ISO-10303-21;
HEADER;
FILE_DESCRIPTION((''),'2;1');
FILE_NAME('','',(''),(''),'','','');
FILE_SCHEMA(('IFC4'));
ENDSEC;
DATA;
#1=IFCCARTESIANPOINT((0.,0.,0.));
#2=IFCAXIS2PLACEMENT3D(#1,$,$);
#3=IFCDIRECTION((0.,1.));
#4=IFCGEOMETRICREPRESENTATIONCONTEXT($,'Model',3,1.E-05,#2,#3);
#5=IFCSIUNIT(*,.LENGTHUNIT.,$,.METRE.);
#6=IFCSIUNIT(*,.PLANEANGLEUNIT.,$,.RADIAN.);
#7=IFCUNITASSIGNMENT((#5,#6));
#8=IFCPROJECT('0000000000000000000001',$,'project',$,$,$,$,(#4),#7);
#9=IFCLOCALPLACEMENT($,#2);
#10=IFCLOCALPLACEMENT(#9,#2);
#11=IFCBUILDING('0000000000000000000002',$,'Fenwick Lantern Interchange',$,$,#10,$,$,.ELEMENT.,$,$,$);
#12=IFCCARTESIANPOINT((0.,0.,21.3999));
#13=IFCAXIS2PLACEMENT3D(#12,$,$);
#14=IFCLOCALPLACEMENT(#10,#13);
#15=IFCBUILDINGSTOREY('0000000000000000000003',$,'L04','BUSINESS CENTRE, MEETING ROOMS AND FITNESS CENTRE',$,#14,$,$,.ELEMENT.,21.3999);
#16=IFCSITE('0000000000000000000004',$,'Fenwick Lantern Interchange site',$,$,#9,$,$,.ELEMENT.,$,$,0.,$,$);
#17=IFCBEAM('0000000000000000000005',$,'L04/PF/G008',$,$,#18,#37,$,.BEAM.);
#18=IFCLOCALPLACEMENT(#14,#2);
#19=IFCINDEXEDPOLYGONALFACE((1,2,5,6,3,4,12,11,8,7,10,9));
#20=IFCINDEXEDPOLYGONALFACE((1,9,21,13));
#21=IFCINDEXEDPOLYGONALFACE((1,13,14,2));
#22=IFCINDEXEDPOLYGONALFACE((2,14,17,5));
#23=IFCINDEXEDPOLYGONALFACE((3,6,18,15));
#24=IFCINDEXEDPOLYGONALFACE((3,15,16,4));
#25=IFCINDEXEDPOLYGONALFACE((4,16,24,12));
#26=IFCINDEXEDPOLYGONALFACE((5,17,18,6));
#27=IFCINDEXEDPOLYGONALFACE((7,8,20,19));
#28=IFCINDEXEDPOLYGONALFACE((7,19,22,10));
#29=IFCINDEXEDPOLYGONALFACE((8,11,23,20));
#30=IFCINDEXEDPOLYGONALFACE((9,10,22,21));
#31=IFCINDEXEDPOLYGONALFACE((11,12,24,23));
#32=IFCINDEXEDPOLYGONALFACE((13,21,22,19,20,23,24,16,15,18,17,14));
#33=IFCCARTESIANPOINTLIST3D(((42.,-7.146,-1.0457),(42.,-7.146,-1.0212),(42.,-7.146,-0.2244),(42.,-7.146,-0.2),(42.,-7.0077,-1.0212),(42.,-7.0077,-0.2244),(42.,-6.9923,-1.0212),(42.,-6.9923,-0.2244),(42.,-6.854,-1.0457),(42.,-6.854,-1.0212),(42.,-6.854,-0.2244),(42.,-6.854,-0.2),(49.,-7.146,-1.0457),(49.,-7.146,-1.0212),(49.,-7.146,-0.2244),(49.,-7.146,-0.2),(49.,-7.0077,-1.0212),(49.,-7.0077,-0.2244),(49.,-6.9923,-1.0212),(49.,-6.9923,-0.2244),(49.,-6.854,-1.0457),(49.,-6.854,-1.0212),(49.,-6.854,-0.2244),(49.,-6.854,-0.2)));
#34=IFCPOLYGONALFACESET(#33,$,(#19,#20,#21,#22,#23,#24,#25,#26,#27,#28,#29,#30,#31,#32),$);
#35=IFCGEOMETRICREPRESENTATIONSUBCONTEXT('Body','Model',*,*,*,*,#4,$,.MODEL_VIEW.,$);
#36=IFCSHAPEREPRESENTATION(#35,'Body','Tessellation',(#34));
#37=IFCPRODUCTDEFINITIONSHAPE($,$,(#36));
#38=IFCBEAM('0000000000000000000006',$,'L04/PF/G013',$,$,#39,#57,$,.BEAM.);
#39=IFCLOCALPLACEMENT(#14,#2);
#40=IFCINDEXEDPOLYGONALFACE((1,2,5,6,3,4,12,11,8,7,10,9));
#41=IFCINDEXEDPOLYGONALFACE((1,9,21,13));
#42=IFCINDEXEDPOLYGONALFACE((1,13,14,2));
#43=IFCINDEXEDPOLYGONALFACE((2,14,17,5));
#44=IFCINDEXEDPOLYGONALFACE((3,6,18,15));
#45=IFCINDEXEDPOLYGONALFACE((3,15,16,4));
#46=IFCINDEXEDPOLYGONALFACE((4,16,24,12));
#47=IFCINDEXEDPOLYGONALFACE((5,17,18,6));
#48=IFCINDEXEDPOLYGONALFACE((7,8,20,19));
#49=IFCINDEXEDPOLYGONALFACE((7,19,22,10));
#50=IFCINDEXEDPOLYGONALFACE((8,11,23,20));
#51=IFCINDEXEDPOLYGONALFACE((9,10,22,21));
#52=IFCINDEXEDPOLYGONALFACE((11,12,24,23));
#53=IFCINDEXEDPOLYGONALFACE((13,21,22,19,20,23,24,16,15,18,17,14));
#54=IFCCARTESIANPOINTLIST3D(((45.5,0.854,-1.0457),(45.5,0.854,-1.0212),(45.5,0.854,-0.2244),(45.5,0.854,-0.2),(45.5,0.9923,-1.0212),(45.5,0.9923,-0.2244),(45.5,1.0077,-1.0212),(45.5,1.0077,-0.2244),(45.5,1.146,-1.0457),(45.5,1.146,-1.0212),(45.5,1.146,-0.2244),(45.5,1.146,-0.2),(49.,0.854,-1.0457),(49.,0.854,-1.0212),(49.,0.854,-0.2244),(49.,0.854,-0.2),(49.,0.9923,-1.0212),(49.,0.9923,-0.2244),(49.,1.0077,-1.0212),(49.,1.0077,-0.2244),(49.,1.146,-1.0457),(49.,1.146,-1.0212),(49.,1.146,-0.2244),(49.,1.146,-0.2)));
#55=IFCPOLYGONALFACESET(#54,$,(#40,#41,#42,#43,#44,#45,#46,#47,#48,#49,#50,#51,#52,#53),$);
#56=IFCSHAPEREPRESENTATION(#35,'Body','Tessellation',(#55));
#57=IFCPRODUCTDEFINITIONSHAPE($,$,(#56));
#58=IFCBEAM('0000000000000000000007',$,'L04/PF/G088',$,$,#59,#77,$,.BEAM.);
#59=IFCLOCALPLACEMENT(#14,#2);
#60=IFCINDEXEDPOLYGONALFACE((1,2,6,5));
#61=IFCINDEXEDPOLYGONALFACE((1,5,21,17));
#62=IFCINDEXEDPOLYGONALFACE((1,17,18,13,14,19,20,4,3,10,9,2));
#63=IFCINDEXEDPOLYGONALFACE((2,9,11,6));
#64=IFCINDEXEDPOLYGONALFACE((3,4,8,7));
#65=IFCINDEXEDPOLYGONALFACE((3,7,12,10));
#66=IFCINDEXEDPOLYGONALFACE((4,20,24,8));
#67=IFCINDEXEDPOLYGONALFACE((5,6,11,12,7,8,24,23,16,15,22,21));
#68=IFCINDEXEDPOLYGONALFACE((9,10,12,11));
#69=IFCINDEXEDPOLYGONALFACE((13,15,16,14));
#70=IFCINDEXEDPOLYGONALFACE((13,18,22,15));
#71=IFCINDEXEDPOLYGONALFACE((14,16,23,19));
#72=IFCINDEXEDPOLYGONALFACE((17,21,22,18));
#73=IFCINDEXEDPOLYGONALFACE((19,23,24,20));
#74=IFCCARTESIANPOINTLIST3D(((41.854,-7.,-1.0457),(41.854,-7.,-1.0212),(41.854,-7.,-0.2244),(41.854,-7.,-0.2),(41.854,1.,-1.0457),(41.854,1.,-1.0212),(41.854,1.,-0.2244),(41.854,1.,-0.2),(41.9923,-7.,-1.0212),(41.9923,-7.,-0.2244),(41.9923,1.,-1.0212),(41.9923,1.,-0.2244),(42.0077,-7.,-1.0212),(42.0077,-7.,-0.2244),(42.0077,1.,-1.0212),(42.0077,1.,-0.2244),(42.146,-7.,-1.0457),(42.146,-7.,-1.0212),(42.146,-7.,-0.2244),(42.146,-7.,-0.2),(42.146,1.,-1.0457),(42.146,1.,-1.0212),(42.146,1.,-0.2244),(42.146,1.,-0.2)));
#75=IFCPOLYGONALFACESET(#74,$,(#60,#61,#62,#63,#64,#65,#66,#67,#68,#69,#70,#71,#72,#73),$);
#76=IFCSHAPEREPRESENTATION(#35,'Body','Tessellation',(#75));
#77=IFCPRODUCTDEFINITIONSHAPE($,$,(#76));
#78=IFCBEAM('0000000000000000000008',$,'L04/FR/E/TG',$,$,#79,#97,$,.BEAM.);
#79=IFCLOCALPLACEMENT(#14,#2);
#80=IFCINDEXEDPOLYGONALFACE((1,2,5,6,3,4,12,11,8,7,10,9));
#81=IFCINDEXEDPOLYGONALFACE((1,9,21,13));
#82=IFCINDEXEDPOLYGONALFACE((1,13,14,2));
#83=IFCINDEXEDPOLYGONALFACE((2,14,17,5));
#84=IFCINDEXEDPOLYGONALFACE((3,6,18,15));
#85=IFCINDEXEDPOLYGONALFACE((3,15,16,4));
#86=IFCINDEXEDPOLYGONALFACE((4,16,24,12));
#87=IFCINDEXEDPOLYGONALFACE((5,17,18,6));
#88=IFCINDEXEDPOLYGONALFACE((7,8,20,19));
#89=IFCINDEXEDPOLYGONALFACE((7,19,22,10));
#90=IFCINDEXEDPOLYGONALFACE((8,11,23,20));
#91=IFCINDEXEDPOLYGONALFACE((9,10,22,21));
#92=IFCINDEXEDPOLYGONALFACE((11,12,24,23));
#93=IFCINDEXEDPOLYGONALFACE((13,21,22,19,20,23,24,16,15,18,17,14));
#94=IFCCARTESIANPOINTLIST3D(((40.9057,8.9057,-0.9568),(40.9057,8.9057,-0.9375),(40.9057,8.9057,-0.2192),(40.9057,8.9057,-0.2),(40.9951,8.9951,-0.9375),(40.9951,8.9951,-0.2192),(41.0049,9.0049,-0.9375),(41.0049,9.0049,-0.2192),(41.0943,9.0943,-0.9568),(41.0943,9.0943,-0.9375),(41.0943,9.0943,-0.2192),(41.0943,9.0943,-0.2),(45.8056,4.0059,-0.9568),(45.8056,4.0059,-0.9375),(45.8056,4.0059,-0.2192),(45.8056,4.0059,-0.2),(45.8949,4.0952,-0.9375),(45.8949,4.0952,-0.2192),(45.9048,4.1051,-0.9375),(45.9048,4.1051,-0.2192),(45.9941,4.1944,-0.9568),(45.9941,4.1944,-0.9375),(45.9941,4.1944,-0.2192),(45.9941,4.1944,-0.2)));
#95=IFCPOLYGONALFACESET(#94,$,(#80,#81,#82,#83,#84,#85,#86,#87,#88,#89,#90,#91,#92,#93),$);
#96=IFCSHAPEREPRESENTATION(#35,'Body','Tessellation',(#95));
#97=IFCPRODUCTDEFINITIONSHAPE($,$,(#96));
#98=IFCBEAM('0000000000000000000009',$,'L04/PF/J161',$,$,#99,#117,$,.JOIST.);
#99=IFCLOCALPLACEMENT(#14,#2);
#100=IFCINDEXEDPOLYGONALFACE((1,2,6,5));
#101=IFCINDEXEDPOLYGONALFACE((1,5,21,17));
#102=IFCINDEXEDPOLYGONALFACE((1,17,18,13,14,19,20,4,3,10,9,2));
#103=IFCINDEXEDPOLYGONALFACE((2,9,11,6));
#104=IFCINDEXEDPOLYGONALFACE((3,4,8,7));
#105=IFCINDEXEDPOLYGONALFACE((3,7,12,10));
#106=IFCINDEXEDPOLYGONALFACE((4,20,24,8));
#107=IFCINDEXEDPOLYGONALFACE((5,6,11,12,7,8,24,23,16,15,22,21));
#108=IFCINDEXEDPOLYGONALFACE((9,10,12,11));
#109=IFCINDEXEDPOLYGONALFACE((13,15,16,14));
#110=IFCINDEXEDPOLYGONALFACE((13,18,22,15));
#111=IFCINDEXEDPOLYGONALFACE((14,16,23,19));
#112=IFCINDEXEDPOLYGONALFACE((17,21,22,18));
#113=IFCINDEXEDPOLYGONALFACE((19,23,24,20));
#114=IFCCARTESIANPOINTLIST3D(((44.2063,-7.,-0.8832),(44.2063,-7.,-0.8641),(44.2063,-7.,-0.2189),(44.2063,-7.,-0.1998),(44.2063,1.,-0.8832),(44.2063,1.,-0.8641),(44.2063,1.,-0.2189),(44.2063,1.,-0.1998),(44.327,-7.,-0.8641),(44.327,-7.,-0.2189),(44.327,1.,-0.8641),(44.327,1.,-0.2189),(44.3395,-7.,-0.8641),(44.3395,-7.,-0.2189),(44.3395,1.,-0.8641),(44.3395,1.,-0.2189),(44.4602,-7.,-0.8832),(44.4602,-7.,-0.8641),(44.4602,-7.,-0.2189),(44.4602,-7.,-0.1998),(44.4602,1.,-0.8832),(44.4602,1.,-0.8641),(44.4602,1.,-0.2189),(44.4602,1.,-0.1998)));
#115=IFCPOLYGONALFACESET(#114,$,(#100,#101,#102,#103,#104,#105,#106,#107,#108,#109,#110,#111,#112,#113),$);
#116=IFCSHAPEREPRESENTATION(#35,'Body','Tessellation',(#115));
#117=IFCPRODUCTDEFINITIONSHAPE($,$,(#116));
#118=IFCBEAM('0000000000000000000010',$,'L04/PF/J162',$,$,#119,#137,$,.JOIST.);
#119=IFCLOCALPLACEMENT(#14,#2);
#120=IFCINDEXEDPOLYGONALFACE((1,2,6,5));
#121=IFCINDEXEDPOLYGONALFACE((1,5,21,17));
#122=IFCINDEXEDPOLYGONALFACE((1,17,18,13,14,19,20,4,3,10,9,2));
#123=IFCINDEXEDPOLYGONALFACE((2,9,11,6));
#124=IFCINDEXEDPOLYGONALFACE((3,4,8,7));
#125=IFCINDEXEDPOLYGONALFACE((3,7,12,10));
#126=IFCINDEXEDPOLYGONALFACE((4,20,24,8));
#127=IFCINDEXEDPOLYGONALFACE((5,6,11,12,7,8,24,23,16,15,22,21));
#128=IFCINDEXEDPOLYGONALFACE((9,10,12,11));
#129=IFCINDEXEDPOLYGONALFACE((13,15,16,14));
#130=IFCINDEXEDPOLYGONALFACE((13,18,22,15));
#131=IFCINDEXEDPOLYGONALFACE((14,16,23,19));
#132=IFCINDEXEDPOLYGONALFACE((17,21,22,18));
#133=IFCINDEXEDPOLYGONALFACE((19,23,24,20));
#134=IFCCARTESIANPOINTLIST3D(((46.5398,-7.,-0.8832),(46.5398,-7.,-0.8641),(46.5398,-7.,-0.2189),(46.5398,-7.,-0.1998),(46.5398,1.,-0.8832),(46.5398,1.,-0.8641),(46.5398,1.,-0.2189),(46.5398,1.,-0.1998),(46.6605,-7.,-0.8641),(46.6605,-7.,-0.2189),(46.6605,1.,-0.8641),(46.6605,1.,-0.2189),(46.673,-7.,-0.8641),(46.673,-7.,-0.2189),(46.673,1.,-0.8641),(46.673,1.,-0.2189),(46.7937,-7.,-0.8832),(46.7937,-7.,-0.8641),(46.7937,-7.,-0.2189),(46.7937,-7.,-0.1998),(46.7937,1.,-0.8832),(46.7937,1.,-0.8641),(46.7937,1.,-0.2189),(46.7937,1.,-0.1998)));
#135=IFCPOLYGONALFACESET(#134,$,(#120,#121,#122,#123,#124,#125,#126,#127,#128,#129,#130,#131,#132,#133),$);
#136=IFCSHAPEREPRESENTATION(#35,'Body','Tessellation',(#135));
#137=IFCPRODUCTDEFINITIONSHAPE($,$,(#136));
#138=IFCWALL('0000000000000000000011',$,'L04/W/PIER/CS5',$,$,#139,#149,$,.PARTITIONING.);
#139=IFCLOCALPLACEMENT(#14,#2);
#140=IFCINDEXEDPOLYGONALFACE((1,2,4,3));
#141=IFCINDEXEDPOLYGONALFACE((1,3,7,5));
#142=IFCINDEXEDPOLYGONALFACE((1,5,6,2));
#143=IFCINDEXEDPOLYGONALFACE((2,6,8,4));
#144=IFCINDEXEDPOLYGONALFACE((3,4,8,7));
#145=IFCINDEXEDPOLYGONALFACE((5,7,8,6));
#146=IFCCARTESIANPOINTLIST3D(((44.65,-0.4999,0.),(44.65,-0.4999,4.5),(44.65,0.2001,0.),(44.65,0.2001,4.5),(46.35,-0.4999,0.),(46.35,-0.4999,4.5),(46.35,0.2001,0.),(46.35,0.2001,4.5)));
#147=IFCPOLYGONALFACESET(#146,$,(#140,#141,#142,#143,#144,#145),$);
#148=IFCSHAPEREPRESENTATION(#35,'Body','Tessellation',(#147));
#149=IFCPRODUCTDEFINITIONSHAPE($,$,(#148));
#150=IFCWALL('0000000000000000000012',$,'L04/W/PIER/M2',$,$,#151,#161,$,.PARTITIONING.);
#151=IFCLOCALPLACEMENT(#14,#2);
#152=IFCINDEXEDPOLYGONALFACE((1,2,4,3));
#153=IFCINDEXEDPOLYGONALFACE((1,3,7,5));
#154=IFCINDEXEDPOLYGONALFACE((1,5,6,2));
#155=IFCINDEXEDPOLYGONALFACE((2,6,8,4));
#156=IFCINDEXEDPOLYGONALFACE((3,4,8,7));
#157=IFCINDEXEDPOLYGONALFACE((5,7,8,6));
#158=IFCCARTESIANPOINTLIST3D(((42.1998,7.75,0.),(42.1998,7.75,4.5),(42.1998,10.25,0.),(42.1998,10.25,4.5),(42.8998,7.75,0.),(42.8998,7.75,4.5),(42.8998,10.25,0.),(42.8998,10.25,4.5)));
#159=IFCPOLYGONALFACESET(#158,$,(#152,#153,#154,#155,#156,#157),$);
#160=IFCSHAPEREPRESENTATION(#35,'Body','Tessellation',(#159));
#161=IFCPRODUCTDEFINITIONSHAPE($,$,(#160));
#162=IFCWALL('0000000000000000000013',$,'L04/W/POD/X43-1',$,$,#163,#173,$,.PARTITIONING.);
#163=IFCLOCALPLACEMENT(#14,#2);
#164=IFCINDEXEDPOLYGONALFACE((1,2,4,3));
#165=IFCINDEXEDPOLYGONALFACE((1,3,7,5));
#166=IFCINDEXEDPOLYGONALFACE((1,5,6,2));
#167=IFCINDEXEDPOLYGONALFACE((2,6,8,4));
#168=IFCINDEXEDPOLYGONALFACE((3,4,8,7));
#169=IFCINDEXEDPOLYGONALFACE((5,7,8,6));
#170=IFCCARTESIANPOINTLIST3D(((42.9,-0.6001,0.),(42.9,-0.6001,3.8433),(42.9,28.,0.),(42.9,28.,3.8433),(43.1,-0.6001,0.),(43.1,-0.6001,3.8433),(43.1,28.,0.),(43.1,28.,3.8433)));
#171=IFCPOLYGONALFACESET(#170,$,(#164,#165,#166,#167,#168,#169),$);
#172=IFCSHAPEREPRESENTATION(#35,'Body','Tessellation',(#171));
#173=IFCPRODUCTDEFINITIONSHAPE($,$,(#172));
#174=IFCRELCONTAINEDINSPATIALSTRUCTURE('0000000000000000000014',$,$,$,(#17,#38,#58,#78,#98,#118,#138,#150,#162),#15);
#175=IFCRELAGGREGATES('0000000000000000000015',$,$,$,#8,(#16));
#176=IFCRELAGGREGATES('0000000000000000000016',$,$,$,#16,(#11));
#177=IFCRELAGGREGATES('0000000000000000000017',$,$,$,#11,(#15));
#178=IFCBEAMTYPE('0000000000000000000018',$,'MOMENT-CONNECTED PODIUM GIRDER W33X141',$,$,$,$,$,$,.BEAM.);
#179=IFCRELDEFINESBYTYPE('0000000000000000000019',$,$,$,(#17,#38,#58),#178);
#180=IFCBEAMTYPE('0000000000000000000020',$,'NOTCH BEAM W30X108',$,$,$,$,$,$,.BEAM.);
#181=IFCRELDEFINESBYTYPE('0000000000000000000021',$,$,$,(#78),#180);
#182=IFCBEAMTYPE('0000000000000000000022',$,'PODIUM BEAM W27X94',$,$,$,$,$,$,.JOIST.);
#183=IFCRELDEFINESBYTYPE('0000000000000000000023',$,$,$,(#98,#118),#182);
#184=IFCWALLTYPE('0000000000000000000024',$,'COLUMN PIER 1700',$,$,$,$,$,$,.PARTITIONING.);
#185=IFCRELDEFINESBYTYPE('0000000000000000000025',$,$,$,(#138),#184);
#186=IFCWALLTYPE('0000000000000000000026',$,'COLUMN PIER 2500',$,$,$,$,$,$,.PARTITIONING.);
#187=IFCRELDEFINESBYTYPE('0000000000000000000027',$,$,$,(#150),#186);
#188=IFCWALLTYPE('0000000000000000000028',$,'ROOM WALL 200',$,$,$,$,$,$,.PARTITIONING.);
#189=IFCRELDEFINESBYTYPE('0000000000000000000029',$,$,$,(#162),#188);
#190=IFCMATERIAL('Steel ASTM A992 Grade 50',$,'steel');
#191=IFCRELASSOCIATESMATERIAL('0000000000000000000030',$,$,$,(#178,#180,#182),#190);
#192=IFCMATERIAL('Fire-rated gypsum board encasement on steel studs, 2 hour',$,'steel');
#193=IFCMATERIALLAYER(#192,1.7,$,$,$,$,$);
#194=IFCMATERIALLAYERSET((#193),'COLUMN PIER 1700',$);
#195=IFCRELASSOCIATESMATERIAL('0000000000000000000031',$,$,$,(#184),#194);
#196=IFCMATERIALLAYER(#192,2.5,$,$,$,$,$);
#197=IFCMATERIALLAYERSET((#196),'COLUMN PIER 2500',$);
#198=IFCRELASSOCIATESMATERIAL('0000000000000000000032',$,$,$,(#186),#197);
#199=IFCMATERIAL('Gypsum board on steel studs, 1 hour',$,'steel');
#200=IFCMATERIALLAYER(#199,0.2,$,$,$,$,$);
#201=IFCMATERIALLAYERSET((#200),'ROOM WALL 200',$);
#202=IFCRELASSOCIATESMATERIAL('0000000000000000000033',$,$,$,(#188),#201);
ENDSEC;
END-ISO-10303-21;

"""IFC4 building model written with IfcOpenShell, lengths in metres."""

from ifc_helpers import new_model, si_unit, direction, frame, frame_2d, origin, origin_2d, place, context, subcontext, project, spatial, rectangle, i_section, extrude, material, layer, layer_set, material_profile, profile_set, type_object, element, save


model = new_model("IFC4")

# Units and contexts
model_context = context("Model", 3, precision=1e-05, world=origin(), true_north=direction((0.0, 1.0)))
body_context = subcontext(model_context, "Body", "Model", "MODEL_VIEW")
ifc_project = project(units=[si_unit("LENGTHUNIT", "METRE"), si_unit("PLANEANGLEUNIT", "RADIAN")], contexts=[model_context])

# Site, building, storey
site_placement = place(None, origin())
site = spatial("IfcSite", under=ifc_project, at=site_placement, Name="Fenwick Lantern Interchange site", CompositionType="ELEMENT", RefElevation=0.0)
building_placement = place(site_placement, origin())
building = spatial("IfcBuilding", under=site, at=building_placement, Name="Fenwick Lantern Interchange", CompositionType="ELEMENT")
storey_placement = place(building_placement, frame((0.0, 0.0, 21.3999)))
storey = spatial("IfcBuildingStorey", under=building, at=storey_placement, Name="L04", Description="BUSINESS CENTRE, MEETING ROOMS AND FITNESS CENTRE", CompositionType="ELEMENT", Elevation=21.3999)

# Shared definitions
ifc_material_1 = material(Name="Steel ASTM A992 Grade 50", Category="steel")

# Beams
ifc_material_profile_1 = material_profile(ifc_material_1, i_section(OverallWidth=0.292, OverallDepth=0.8457, WebThickness=0.0154, FlangeThickness=0.0244, at=origin_2d()), Name="W33X141")
ifc_profile_set_1 = profile_set([ifc_material_profile_1], Name="Steel ASTM A992 Grade 50")
beam_type_1 = type_object("IfcBeamType", Name="MOMENT-CONNECTED PODIUM GIRDER W33X141", PredefinedType="BEAM", material=ifc_profile_set_1)
beam_1_placement = place(storey_placement, frame((42.0, -7.0, -0.6228), z_axis=(1.0, 0.0, 0.0), x_axis=(0.0, 1.0, 0.0)))
element("IfcBeam", 1, at=beam_1_placement, inside=storey, type_object=beam_type_1, Name="L04/PF/G008", PredefinedType="BEAM", context=body_context, shape_type="SweptSolid", body=[
    extrude(i_section(OverallWidth=0.292, OverallDepth=0.8457, WebThickness=0.0154, FlangeThickness=0.0244, at=origin_2d()), origin(), (0.0, 0.0, 1.0), 7.0),
])
beam_2_placement = place(storey_placement, frame((45.5, 1.0, -0.6228), z_axis=(1.0, 0.0, 0.0), x_axis=(0.0, 1.0, 0.0)))
element("IfcBeam", 2, at=beam_2_placement, inside=storey, type_object=beam_type_1, Name="L04/PF/G013", PredefinedType="BEAM", context=body_context, shape_type="SweptSolid", body=[
    extrude(i_section(OverallWidth=0.292, OverallDepth=0.8457, WebThickness=0.0154, FlangeThickness=0.0244, at=origin_2d()), origin(), (0.0, 0.0, 1.0), 3.5),
])
beam_3_placement = place(storey_placement, frame((42.0, -7.0, -0.6228), z_axis=(0.0, 1.0, 0.0), x_axis=(-1.0, 0.0, 0.0)))
element("IfcBeam", 3, at=beam_3_placement, inside=storey, type_object=beam_type_1, Name="L04/PF/G088", PredefinedType="BEAM", context=body_context, shape_type="SweptSolid", body=[
    extrude(i_section(OverallWidth=0.292, OverallDepth=0.8457, WebThickness=0.0154, FlangeThickness=0.0244, at=origin_2d()), origin(), (0.0, 0.0, 1.0), 8.0),
])
ifc_material_profile_2 = material_profile(ifc_material_1, i_section(OverallWidth=0.2666, OverallDepth=0.7568, WebThickness=0.0139, FlangeThickness=0.0193, at=origin_2d()), Name="W30X108")
ifc_profile_set_2 = profile_set([ifc_material_profile_2], Name="Steel ASTM A992 Grade 50")
beam_type_2 = type_object("IfcBeamType", Name="NOTCH BEAM W30X108", PredefinedType="BEAM", material=ifc_profile_set_2)
beam_4_placement = place(storey_placement, frame((41.0, 9.0, -0.5784), z_axis=(0.707107, -0.707107, 0.0), x_axis=(0.707107, 0.707107, 0.0)))
element("IfcBeam", 4, at=beam_4_placement, inside=storey, type_object=beam_type_2, Name="L04/FR/E/TG", PredefinedType="BEAM", context=body_context, shape_type="SweptSolid", body=[
    extrude(i_section(OverallWidth=0.2666, OverallDepth=0.7568, WebThickness=0.0139, FlangeThickness=0.0193, at=origin_2d()), origin(), (0.0, 0.0, 1.0), 6.9294),
])
ifc_material_profile_3 = material_profile(ifc_material_1, i_section(OverallWidth=0.2539, OverallDepth=0.6833, WebThickness=0.0125, FlangeThickness=0.019, at=origin_2d()), Name="W27X94")
ifc_profile_set_3 = profile_set([ifc_material_profile_3], Name="Steel ASTM A992 Grade 50")
beam_type_3 = type_object("IfcBeamType", Name="PODIUM BEAM W27X94", PredefinedType="JOIST", material=ifc_profile_set_3)
for number, where, z_axis, x_axis, name in (
    (5, (44.3333, -7.0, -0.5415), (0.0, 1.0, 0.0), (-1.0, 0.0, 0.0), "L04/PF/J161"),
    (6, (46.6667, -7.0, -0.5415), (0.0, 1.0, 0.0), (-1.0, 0.0, 0.0), "L04/PF/J162"),
):
    element("IfcBeam", number, at=place(storey_placement, frame(where, z_axis=z_axis, x_axis=x_axis)), inside=storey, type_object=beam_type_3, Name=name, PredefinedType="JOIST", context=body_context, shape_type="SweptSolid", body=[
        extrude(i_section(OverallWidth=0.2539, OverallDepth=0.6833, WebThickness=0.0125, FlangeThickness=0.019, at=origin_2d()), origin(), (0.0, 0.0, 1.0), 8.0),
    ])

# Walls
ifc_material_2 = material(Name="Fire-rated gypsum board encasement on steel studs, 2 hour", Category="steel")
ifc_layer_1 = layer(ifc_material_2, 1.7)
ifc_layer_set_1 = layer_set([ifc_layer_1], Name="COLUMN PIER 1700")
wall_type_1 = type_object("IfcWallType", Name="COLUMN PIER 1700", PredefinedType="PARTITIONING", material=ifc_layer_set_1)
wall_1_placement = place(storey_placement, frame((45.5, -0.5, 0.0), z_axis=(0.0, 0.0, 1.0), x_axis=(0.0, 1.0, 0.0)))
element("IfcWall", 7, at=wall_1_placement, inside=storey, type_object=wall_type_1, Name="L04/W/PIER/CS5", PredefinedType="PARTITIONING", context=body_context, shape_type="SweptSolid", body=[
    extrude(rectangle(XDim=0.7, YDim=1.7, at=frame_2d((0.3501, 0.0))), origin(), (0.0, 0.0, 1.0), 4.5),
])
ifc_layer_2 = layer(ifc_material_2, 2.5)
ifc_layer_set_2 = layer_set([ifc_layer_2], Name="COLUMN PIER 2500")
wall_type_2 = type_object("IfcWallType", Name="COLUMN PIER 2500", PredefinedType="PARTITIONING", material=ifc_layer_set_2)
wall_2_placement = place(storey_placement, frame((42.8999, 9.0, 0.0), z_axis=(0.0, 0.0, 1.0), x_axis=(-1.0, 0.0, 0.0)))
element("IfcWall", 8, at=wall_2_placement, inside=storey, type_object=wall_type_2, Name="L04/W/PIER/M2", PredefinedType="PARTITIONING", context=body_context, shape_type="SweptSolid", body=[
    extrude(rectangle(XDim=0.7, YDim=2.5, at=frame_2d((0.3501, 0.0))), origin(), (0.0, 0.0, 1.0), 4.5),
])
ifc_material_3 = material(Name="Gypsum board on steel studs, 1 hour", Category="steel")
ifc_layer_3 = layer(ifc_material_3, 0.2)
ifc_layer_set_3 = layer_set([ifc_layer_3], Name="ROOM WALL 200")
wall_type_3 = type_object("IfcWallType", Name="ROOM WALL 200", PredefinedType="PARTITIONING", material=ifc_layer_set_3)
wall_3_placement = place(storey_placement, frame((43.0, -0.6001, 0.0), z_axis=(0.0, 0.0, 1.0), x_axis=(0.0, 1.0, 0.0)))
element("IfcWall", 9, at=wall_3_placement, inside=storey, type_object=wall_type_3, Name="L04/W/POD/X43-1", PredefinedType="PARTITIONING", context=body_context, shape_type="SweptSolid", body=[
    extrude(rectangle(XDim=28.6001, YDim=0.2, at=frame_2d((14.3, 0.0))), origin(), (0.0, 0.0, 1.0), 3.8433),
])

save(model, "model.ifc")
